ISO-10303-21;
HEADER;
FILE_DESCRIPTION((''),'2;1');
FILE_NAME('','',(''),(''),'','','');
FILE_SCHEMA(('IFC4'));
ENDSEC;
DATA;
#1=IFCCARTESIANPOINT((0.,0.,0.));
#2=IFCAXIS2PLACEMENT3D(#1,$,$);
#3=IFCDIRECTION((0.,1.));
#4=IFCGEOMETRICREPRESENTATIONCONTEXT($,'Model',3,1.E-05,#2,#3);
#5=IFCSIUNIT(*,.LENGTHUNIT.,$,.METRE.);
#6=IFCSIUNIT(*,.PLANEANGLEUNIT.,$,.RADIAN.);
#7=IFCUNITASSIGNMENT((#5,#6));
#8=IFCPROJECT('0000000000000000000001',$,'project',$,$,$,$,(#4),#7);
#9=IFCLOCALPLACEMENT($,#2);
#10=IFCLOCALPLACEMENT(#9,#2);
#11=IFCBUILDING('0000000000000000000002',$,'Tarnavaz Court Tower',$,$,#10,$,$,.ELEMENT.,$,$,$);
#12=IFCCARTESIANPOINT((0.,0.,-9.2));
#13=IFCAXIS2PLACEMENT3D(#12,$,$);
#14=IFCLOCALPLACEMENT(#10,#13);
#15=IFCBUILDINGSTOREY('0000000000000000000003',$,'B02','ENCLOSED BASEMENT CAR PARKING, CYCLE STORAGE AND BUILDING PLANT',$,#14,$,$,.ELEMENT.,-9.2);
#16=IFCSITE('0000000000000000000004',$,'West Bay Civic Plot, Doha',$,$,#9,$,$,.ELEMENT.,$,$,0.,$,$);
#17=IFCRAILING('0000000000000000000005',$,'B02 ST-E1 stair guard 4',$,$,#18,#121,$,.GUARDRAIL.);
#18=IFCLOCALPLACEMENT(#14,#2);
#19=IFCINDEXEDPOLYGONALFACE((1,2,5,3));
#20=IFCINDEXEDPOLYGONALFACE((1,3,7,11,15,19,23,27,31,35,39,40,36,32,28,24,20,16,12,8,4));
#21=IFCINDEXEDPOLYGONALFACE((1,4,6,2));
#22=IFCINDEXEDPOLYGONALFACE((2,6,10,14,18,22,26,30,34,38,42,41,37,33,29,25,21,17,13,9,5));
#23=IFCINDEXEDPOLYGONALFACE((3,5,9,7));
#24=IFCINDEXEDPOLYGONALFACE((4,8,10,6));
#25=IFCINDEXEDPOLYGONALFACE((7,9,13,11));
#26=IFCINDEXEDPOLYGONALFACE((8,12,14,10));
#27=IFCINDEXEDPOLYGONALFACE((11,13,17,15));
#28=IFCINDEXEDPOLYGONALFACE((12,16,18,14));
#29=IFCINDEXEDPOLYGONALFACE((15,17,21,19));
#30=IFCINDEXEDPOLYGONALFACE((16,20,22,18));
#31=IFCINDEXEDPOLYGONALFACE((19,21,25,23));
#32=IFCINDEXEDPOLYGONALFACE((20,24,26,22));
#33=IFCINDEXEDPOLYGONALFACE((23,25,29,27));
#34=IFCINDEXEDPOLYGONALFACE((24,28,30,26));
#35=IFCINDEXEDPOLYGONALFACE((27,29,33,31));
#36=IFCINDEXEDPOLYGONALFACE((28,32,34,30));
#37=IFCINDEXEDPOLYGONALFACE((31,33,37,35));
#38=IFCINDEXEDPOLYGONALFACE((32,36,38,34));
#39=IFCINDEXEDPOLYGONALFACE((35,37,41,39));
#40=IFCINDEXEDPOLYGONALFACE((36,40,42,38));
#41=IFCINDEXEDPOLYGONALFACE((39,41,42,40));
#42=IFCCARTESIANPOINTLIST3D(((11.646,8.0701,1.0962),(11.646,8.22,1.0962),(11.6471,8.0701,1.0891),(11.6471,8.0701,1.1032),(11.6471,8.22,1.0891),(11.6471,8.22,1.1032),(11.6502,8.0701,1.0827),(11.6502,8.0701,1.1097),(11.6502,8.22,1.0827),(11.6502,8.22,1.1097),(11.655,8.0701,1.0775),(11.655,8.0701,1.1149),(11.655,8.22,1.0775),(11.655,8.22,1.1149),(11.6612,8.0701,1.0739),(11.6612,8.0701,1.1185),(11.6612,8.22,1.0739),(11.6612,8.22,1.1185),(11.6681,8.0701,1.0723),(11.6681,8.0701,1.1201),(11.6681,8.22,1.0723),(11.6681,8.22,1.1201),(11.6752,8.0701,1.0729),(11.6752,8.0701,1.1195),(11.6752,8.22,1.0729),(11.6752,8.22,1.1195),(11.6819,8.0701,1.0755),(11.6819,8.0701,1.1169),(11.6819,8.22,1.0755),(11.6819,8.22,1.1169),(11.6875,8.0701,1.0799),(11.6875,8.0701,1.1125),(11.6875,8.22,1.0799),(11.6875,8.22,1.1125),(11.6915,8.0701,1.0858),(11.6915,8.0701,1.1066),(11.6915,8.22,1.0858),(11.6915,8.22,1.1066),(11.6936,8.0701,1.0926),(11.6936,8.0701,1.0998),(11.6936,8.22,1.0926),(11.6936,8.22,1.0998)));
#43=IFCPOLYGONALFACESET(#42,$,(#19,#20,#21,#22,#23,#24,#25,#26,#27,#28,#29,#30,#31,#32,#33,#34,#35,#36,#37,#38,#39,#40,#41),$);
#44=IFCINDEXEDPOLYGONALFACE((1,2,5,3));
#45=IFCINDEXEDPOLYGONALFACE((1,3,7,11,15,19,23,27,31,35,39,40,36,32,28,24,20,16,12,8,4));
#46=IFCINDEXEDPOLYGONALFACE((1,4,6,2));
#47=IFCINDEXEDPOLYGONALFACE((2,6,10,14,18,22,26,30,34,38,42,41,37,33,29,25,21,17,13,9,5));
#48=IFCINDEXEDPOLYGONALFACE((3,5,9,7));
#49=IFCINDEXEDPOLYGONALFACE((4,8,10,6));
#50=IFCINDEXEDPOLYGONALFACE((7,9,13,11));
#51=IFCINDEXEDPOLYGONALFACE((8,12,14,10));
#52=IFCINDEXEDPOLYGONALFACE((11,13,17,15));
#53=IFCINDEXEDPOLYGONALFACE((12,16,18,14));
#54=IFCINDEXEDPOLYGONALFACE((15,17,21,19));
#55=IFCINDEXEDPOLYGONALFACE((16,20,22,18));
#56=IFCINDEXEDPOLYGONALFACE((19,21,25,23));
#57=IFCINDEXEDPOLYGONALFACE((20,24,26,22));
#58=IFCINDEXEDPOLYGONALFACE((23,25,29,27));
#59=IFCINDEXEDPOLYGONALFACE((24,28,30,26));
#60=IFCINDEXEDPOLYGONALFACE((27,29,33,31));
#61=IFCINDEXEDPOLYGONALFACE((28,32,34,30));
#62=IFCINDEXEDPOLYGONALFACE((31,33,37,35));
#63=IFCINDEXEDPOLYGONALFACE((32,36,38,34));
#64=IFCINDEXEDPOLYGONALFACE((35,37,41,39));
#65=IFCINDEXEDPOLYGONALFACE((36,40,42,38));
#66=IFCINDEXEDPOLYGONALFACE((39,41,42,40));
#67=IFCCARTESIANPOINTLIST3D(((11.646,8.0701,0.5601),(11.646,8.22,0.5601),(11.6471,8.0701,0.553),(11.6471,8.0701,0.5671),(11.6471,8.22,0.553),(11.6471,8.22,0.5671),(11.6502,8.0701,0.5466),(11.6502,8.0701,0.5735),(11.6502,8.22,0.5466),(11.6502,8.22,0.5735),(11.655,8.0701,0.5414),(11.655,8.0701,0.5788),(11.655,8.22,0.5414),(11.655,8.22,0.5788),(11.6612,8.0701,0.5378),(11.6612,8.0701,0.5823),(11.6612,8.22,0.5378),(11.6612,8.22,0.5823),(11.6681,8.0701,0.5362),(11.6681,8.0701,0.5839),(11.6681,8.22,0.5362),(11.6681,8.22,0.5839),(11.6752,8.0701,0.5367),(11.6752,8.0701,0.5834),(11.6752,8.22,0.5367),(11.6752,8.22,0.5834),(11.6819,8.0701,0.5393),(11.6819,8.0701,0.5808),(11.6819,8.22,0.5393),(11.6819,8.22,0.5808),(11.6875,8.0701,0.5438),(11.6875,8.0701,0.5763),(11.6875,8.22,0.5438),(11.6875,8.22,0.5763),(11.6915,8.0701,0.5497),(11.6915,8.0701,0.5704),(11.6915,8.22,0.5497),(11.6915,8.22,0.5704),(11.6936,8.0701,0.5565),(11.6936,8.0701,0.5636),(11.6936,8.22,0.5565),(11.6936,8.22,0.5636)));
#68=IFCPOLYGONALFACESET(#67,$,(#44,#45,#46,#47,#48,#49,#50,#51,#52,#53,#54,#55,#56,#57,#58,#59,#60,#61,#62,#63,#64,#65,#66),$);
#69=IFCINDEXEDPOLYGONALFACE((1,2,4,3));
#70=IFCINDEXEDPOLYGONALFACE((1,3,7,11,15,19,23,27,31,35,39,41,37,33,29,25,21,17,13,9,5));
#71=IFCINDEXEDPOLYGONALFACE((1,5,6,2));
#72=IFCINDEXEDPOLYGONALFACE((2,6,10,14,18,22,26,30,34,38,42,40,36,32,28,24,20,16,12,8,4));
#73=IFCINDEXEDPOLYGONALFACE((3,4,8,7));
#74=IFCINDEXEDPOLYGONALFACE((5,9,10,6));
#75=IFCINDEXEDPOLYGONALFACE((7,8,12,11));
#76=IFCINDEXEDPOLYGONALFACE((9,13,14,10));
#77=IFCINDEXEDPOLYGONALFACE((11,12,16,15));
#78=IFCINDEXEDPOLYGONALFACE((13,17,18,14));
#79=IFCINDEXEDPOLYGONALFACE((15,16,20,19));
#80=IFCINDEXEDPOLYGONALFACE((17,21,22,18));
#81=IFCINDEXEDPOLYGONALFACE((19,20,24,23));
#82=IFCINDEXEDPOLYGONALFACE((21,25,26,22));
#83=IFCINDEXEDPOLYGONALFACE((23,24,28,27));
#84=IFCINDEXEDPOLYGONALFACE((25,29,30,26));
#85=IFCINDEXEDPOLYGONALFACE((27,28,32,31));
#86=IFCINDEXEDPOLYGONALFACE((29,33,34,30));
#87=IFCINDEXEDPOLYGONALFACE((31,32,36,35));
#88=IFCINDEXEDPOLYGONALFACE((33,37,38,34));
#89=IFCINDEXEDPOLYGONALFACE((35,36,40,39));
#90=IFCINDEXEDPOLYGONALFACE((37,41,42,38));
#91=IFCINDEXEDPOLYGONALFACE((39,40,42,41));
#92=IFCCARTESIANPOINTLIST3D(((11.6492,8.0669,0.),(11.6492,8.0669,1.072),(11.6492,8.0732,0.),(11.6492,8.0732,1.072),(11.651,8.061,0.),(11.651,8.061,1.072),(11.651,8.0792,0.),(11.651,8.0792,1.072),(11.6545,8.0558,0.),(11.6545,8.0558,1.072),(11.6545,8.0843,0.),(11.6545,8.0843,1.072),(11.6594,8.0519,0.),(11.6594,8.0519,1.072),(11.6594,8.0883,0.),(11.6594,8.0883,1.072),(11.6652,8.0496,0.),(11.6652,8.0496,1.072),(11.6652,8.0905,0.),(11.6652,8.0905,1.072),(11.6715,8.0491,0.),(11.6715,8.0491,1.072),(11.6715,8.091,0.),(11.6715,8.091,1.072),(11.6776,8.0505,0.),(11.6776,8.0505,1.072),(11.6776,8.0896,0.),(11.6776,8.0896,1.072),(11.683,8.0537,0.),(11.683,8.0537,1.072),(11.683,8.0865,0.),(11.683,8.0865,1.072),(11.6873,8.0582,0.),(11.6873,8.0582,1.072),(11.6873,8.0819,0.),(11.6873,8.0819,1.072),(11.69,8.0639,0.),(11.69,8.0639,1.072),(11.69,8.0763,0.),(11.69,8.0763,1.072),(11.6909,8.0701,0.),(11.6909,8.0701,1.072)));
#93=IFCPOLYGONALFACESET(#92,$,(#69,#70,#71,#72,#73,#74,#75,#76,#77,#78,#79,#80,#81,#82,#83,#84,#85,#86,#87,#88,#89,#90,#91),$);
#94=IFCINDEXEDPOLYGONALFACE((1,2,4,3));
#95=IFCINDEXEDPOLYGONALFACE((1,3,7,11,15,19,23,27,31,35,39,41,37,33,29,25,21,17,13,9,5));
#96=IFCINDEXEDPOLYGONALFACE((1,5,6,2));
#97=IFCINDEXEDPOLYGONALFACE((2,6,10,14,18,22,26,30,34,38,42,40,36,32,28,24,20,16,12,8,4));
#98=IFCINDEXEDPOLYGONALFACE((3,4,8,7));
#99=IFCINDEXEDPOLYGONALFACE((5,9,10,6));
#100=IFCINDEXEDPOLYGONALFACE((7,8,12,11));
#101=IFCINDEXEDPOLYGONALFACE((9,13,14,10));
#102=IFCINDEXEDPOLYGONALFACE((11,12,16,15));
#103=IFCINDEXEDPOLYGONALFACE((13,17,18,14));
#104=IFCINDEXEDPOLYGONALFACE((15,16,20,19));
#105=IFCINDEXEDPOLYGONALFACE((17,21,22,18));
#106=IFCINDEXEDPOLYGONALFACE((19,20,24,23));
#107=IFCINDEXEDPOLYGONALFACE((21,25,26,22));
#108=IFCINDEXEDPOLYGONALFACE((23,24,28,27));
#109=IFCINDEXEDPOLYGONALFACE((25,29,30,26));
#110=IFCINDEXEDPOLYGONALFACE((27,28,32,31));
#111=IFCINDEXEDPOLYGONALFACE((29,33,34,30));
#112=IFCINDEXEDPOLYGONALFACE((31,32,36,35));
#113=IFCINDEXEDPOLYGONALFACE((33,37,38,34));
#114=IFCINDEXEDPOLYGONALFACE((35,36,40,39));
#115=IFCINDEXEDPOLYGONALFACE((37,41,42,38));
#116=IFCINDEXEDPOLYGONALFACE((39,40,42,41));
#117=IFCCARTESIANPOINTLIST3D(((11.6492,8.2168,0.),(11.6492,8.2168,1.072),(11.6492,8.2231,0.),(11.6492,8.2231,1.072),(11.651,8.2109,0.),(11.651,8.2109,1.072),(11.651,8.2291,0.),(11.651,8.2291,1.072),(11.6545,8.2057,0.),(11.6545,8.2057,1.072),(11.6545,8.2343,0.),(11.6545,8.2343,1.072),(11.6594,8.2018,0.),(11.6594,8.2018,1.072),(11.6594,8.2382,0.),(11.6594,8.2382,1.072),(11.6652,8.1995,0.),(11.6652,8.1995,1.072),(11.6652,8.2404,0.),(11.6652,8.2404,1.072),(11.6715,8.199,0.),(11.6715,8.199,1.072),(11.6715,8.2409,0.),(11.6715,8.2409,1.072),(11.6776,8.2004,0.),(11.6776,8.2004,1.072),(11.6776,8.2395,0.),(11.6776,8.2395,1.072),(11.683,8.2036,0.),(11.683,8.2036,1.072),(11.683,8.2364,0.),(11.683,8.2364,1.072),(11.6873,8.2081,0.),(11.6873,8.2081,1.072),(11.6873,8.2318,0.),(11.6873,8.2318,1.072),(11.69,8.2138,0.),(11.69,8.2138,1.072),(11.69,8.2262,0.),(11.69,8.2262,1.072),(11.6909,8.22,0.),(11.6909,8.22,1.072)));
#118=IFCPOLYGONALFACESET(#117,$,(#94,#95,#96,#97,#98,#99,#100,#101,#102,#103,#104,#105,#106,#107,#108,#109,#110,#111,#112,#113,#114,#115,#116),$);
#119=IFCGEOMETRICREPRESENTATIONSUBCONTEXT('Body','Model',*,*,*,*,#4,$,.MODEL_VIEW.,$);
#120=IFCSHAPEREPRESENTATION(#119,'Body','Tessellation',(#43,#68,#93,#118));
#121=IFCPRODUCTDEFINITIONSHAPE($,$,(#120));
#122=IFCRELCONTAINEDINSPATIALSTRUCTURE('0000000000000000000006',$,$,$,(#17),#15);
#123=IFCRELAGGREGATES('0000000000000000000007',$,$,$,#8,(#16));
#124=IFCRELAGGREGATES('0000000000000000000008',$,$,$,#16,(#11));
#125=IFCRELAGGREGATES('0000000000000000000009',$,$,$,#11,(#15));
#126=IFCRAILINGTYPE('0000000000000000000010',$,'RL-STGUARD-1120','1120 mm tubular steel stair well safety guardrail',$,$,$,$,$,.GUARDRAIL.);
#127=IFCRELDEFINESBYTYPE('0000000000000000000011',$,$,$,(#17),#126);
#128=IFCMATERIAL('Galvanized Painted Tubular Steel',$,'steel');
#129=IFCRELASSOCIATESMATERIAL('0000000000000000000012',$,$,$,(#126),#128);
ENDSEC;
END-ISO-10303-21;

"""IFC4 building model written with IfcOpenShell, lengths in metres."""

from ifc_helpers import new_model, si_unit, direction, frame, origin, origin_2d, place, context, subcontext, project, spatial, circle, extrude, material, type_object, element, save


model = new_model("IFC4")

# Units and contexts
model_context = context("Model", 3, precision=1e-05, world=origin(), true_north=direction((0.0, 1.0)))
body_context = subcontext(model_context, "Body", "Model", "MODEL_VIEW")
ifc_project = project(units=[si_unit("LENGTHUNIT", "METRE"), si_unit("PLANEANGLEUNIT", "RADIAN")], contexts=[model_context])

# Site, building, storey
site_placement = place(None, origin())
site = spatial("IfcSite", under=ifc_project, at=site_placement, Name="West Bay Civic Plot, Doha", CompositionType="ELEMENT", RefElevation=0.0)
building_placement = place(site_placement, origin())
building = spatial("IfcBuilding", under=site, at=building_placement, Name="Tarnavaz Court Tower", CompositionType="ELEMENT")
storey_placement = place(building_placement, frame((0.0, 0.0, -9.2)))
storey = spatial("IfcBuildingStorey", under=building, at=storey_placement, Name="B02", Description="ENCLOSED BASEMENT CAR PARKING, CYCLE STORAGE AND BUILDING PLANT", CompositionType="ELEMENT", Elevation=-9.2)

# Railing
ifc_material_1 = material(Name="Galvanized Painted Tubular Steel", Category="steel")
railing_type_1 = type_object("IfcRailingType", Name="RL-STGUARD-1120", Description="1120 mm tubular steel stair well safety guardrail", PredefinedType="GUARDRAIL", material=ifc_material_1)
railing_1_placement = place(storey_placement, frame((11.6699, 8.0701, 0.0)))
element("IfcRailing", 1, at=railing_1_placement, inside=storey, type_object=railing_type_1, Name="B02 ST-E1 stair guard 4", PredefinedType="GUARDRAIL", context=body_context, shape_type="SweptSolid", body=[
    extrude(circle(Radius=0.0239, at=origin_2d()), frame((0.0, 0.0, 1.0962), z_axis=(0.0, 1.0, 0.0), x_axis=(-1.0, 0.0, 0.0)), (0.0, 0.0, 1.0), 0.1499),
    extrude(circle(Radius=0.0239, at=origin_2d()), frame((0.0, 0.0, 0.5601), z_axis=(0.0, 1.0, 0.0), x_axis=(-1.0, 0.0, 0.0)), (0.0, 0.0, 1.0), 0.1499),
    extrude(circle(Radius=0.021, at=origin_2d()), origin(), (0.0, 0.0, 1.0), 1.072),
    extrude(circle(Radius=0.021, at=origin_2d()), frame((0.0, 0.1499, 0.0)), (0.0, 0.0, 1.0), 1.072),
])

save(model, "model.ifc")
